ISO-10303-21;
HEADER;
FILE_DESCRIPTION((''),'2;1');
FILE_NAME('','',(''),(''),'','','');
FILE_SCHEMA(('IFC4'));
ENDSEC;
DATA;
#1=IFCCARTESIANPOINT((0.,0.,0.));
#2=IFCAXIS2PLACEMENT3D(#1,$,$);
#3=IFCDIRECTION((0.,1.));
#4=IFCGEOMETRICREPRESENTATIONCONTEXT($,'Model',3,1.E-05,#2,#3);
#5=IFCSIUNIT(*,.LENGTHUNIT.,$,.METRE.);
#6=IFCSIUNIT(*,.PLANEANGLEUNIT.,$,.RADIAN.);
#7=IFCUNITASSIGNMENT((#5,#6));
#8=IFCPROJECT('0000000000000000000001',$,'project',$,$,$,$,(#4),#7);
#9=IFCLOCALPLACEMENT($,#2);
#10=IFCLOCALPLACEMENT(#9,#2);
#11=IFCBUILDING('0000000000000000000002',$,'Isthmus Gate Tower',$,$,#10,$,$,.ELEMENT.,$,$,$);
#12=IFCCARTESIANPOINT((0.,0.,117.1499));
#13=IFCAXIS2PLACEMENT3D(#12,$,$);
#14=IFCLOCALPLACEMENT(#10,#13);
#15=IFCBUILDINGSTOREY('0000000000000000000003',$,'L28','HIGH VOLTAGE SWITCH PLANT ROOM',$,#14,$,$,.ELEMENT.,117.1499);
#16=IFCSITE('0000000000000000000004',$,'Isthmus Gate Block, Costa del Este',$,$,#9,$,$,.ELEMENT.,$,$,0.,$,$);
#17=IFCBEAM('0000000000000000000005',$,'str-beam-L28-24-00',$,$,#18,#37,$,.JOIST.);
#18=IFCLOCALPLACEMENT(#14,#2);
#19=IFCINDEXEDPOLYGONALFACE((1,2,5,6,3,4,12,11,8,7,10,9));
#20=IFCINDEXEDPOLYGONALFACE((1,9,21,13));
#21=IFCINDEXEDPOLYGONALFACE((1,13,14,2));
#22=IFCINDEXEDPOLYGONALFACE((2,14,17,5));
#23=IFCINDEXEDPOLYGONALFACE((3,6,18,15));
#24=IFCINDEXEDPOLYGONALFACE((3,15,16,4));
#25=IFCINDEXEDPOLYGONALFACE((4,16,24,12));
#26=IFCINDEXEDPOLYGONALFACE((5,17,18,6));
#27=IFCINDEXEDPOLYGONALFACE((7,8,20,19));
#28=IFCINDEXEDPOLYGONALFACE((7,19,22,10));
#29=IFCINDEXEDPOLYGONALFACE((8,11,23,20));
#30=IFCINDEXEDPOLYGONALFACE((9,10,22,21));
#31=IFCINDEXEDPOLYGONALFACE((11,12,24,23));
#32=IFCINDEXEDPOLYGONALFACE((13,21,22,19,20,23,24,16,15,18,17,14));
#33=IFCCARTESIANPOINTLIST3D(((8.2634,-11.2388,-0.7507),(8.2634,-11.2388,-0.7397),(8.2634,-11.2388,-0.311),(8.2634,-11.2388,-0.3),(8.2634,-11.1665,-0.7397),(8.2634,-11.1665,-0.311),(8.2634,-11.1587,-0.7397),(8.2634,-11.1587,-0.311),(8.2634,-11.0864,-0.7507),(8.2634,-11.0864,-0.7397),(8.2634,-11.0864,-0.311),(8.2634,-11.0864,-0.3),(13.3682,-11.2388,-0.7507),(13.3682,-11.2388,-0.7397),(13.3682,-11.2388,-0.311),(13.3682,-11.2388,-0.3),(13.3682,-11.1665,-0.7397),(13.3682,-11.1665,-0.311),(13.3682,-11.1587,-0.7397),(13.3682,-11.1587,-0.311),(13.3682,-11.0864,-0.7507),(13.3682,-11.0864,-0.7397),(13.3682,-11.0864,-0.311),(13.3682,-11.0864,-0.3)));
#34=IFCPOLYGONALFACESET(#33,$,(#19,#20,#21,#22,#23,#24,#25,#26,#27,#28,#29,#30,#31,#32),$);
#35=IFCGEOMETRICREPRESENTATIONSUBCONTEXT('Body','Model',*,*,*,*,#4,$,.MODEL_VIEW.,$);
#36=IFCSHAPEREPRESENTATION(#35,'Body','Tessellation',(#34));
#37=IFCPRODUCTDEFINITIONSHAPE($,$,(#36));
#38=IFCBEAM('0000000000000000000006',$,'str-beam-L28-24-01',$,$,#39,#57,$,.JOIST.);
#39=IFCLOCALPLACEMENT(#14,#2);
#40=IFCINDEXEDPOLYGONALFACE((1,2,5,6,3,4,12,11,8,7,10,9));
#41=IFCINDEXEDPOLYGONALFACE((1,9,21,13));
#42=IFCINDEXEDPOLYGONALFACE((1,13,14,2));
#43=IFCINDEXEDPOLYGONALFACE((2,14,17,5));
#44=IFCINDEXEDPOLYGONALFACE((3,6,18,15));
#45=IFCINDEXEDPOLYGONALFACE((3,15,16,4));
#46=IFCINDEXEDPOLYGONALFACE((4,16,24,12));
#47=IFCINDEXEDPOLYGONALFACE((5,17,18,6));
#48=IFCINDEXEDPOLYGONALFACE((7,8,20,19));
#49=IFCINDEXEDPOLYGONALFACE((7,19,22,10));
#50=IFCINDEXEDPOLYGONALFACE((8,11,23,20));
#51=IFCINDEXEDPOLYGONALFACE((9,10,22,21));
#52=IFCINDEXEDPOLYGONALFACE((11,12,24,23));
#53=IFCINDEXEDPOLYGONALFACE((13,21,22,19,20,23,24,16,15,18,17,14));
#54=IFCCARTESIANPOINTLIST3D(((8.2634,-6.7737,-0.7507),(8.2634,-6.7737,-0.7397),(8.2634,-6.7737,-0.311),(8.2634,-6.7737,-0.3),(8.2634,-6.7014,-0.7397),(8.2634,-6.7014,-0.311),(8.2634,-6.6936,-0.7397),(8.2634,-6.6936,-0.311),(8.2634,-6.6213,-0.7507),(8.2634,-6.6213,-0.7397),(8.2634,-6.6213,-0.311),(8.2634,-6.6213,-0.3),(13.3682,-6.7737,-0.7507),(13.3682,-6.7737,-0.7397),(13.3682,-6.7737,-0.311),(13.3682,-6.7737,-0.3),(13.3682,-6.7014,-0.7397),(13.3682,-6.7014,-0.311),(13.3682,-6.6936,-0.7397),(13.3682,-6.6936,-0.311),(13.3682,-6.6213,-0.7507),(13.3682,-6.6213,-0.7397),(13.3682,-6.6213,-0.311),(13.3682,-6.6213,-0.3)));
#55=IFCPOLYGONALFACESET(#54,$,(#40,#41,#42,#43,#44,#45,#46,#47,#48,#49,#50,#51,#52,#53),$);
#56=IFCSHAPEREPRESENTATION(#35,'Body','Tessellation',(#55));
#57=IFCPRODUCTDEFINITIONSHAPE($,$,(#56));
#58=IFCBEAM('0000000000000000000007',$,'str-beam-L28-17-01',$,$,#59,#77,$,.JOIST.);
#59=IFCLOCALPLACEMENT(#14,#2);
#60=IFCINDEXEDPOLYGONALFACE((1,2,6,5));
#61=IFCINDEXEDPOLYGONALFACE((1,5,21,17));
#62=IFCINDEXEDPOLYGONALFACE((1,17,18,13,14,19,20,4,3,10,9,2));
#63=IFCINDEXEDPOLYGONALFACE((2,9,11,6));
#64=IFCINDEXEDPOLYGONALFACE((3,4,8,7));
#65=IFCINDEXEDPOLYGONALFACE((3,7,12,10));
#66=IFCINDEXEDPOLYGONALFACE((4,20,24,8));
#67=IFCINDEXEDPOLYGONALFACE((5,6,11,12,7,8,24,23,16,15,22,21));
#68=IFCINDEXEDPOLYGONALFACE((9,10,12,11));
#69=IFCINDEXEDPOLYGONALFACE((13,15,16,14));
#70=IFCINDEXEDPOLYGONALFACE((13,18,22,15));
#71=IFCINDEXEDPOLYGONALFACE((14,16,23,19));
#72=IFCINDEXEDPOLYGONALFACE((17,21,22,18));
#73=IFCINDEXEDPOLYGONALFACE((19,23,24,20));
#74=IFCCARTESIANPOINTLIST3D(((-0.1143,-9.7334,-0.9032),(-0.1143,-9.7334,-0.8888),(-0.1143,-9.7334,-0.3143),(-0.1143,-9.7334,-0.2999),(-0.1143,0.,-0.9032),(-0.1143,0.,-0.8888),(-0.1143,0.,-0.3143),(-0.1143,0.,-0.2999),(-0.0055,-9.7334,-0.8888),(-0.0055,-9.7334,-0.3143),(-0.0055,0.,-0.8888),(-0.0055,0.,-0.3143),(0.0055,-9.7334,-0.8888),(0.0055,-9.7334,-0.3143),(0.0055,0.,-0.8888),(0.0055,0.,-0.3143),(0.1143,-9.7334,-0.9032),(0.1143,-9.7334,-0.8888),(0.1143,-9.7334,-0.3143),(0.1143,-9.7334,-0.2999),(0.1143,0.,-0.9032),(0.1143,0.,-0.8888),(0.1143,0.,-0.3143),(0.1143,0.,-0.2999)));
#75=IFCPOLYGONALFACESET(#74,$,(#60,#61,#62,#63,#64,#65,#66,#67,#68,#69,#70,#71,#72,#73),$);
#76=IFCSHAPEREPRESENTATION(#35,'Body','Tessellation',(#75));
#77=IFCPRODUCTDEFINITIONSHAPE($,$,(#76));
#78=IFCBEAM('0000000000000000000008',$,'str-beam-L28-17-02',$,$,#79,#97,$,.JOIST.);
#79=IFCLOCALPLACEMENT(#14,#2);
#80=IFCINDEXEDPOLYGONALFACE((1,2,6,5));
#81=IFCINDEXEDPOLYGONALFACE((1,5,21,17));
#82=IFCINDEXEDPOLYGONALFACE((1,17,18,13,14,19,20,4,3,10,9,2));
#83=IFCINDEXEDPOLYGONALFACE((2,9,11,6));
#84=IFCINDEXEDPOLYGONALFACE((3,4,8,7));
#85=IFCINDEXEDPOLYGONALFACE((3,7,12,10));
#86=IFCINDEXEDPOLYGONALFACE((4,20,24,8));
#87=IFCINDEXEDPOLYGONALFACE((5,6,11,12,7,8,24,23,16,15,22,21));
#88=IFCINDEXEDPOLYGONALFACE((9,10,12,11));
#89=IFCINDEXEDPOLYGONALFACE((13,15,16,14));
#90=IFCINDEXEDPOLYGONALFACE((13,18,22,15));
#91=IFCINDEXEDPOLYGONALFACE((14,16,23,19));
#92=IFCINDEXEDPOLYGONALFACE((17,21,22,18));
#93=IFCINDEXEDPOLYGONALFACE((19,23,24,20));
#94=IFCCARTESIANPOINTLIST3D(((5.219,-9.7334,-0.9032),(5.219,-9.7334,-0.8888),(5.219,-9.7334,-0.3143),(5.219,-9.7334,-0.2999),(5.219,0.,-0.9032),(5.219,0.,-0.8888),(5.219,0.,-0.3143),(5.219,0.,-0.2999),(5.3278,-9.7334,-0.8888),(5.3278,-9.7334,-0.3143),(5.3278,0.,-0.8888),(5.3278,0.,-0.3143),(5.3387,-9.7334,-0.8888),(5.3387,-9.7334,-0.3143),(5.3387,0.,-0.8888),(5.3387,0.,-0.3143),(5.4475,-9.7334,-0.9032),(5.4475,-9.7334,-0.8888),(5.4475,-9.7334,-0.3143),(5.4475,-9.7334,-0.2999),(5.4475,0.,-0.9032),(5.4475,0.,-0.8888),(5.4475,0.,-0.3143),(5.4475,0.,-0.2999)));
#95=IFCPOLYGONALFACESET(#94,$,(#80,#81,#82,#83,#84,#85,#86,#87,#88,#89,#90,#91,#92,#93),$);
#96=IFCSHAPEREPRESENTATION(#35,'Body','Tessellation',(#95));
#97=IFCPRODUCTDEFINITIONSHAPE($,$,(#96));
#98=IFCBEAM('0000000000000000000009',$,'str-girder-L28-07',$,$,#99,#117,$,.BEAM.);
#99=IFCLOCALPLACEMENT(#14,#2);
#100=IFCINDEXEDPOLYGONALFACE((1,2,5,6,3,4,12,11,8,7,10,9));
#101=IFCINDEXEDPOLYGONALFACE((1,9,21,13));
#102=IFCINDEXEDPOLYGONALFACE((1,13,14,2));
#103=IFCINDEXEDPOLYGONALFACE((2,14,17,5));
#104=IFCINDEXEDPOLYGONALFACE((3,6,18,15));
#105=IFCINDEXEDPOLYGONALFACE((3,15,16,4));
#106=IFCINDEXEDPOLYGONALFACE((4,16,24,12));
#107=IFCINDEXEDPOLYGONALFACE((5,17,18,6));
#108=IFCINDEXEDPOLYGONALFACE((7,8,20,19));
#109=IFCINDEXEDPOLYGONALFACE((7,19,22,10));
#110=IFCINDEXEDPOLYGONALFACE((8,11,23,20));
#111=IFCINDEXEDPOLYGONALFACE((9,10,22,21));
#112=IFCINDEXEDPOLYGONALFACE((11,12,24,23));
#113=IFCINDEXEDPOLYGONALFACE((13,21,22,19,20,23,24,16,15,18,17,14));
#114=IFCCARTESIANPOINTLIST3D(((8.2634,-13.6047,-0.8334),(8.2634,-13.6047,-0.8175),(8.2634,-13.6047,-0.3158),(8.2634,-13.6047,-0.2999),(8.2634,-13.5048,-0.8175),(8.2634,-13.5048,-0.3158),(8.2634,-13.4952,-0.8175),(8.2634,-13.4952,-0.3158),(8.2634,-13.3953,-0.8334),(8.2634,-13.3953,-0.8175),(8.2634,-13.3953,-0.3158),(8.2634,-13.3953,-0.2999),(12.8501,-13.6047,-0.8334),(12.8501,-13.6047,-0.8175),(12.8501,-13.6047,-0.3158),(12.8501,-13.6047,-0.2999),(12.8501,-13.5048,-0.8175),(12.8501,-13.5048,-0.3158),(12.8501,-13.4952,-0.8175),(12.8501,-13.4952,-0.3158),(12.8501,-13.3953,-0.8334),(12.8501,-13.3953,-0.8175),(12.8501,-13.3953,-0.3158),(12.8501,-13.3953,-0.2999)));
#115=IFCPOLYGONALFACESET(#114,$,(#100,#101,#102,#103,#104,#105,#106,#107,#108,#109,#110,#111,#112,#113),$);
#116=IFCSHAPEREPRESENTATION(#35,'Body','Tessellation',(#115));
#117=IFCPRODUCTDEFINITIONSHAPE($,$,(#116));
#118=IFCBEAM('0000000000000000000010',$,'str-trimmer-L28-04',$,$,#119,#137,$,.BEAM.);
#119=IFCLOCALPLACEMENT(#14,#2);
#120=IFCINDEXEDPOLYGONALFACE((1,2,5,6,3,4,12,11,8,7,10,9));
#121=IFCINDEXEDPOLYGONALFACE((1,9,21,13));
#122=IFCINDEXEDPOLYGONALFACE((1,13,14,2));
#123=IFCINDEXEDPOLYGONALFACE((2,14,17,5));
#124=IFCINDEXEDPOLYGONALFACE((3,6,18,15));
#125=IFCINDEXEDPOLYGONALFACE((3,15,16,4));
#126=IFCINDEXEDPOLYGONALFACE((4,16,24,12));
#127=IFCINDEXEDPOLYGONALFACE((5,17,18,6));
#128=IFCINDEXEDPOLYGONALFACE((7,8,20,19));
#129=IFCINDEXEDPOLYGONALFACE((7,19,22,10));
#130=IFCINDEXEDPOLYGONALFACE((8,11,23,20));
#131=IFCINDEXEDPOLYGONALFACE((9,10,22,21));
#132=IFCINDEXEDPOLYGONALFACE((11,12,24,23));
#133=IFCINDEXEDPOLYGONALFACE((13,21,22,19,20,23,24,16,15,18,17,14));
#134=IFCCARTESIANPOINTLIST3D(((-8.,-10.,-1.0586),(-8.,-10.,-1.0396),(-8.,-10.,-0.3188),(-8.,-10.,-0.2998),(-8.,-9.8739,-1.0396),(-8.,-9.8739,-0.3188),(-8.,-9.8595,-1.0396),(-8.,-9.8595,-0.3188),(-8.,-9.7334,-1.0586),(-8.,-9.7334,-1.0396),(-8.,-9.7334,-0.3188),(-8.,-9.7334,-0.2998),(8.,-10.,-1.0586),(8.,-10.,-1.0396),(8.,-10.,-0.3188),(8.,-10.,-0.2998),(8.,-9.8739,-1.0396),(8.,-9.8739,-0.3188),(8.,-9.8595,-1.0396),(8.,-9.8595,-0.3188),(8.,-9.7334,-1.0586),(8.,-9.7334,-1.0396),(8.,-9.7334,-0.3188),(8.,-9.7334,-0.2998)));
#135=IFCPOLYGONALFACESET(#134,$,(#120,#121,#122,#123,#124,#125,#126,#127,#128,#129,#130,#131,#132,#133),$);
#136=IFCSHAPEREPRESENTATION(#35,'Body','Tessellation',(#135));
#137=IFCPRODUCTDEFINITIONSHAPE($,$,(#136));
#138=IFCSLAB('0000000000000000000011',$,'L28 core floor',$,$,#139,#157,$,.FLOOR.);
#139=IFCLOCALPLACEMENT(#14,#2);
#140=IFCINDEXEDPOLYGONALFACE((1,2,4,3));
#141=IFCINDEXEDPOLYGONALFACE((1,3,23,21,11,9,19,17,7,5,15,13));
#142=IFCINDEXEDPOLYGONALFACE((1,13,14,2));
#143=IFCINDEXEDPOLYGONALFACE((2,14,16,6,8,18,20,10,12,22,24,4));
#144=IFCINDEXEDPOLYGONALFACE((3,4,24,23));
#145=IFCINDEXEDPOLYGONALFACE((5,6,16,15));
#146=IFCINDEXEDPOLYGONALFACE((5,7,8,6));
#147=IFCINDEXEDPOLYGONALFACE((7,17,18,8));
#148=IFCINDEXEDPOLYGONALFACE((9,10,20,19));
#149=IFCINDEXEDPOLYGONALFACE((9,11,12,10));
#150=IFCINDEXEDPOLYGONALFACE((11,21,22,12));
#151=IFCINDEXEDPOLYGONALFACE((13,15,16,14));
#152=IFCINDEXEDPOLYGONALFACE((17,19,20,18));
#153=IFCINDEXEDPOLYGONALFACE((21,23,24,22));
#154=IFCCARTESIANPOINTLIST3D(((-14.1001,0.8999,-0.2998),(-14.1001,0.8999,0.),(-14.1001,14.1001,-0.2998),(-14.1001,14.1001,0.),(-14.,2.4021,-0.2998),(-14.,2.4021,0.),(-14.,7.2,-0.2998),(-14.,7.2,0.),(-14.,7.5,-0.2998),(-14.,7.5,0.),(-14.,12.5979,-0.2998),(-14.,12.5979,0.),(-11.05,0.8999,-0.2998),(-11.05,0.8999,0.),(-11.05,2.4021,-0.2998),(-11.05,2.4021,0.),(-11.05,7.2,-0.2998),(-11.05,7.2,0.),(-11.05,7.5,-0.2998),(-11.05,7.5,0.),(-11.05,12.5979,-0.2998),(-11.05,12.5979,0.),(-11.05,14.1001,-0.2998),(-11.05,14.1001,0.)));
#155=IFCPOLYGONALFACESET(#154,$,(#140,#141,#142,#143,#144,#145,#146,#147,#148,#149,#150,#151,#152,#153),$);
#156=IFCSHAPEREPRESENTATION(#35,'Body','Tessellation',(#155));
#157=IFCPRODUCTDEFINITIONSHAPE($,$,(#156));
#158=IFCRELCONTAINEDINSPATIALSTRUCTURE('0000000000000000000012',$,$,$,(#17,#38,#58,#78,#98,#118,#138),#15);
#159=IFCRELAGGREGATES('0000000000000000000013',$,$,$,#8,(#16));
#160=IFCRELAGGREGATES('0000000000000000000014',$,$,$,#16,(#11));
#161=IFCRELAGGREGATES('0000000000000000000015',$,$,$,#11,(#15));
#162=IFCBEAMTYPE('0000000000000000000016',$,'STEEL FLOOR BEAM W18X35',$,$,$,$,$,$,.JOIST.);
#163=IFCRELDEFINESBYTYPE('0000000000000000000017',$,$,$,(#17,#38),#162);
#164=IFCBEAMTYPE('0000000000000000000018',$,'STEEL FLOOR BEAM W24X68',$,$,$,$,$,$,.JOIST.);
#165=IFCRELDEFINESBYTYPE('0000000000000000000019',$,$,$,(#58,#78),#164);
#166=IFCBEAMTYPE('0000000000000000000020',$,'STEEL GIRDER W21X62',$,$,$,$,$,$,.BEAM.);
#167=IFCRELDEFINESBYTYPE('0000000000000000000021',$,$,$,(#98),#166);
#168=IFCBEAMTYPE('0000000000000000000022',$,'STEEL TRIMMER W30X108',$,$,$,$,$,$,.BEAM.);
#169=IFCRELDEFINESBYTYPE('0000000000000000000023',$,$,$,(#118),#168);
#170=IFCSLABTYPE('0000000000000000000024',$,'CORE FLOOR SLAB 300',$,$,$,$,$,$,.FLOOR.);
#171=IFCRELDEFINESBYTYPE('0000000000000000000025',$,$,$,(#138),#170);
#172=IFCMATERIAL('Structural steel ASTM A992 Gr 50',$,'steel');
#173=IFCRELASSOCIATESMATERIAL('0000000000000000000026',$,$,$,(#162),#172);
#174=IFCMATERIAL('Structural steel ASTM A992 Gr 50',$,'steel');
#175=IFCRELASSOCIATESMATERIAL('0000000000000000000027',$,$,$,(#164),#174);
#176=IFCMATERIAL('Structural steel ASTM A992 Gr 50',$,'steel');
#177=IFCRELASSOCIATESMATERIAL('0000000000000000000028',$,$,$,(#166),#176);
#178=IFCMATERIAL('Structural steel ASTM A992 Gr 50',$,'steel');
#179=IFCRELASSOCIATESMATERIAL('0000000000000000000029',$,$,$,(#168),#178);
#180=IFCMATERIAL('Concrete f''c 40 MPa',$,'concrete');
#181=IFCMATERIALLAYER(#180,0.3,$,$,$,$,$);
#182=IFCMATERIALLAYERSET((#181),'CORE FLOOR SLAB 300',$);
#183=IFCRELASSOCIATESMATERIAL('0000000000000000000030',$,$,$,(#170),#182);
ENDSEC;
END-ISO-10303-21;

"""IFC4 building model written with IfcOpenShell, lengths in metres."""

from ifc_helpers import new_model, si_unit, direction, frame, origin, origin_2d, place, context, subcontext, project, spatial, polyline, i_section, outline, extrude, material, layer, layer_set, material_profile, profile_set, type_object, element, save


model = new_model("IFC4")

# Units and contexts
model_context = context("Model", 3, precision=1e-05, world=origin(), true_north=direction((0.0, 1.0)))
body_context = subcontext(model_context, "Body", "Model", "MODEL_VIEW")
ifc_project = project(units=[si_unit("LENGTHUNIT", "METRE"), si_unit("PLANEANGLEUNIT", "RADIAN")], contexts=[model_context])

# Site, building, storey
site_placement = place(None, origin())
site = spatial("IfcSite", under=ifc_project, at=site_placement, Name="Isthmus Gate Block, Costa del Este", CompositionType="ELEMENT", RefElevation=0.0)
building_placement = place(site_placement, origin())
building = spatial("IfcBuilding", under=site, at=building_placement, Name="Isthmus Gate Tower", CompositionType="ELEMENT")
storey_placement = place(building_placement, frame((0.0, 0.0, 117.1499)))
storey = spatial("IfcBuildingStorey", under=building, at=storey_placement, Name="L28", Description="HIGH VOLTAGE SWITCH PLANT ROOM", CompositionType="ELEMENT", Elevation=117.1499)

# Beams
ifc_material_1 = material(Name="Structural steel ASTM A992 Gr 50", Category="steel")
ifc_material_profile_1 = material_profile(ifc_material_1, i_section(OverallWidth=0.1523, OverallDepth=0.4507, WebThickness=0.0078, FlangeThickness=0.011, at=origin_2d()), Name="W18X35")
ifc_profile_set_1 = profile_set([ifc_material_profile_1], Name="Structural steel ASTM A992 Gr 50")
beam_type_1 = type_object("IfcBeamType", Name="STEEL FLOOR BEAM W18X35", PredefinedType="JOIST", material=ifc_profile_set_1)
for number, where, z_axis, x_axis, name in (
    (1, (8.2634, -11.1626, -0.5254), (1.0, 0.0, 0.0), (0.0, 1.0, 0.0), "str-beam-L28-24-00"),
    (2, (8.2634, -6.6975, -0.5254), (1.0, 0.0, 0.0), (0.0, 1.0, 0.0), "str-beam-L28-24-01"),
):
    element("IfcBeam", number, at=place(storey_placement, frame(where, z_axis=z_axis, x_axis=x_axis)), inside=storey, type_object=beam_type_1, Name=name, PredefinedType="JOIST", context=body_context, shape_type="SweptSolid", body=[
        extrude(i_section(OverallWidth=0.1523, OverallDepth=0.4507, WebThickness=0.0078, FlangeThickness=0.011, at=origin_2d()), origin(), (0.0, 0.0, 1.0), 5.1047),
    ])
ifc_material_2 = material(Name="Structural steel ASTM A992 Gr 50", Category="steel")
ifc_material_profile_2 = material_profile(ifc_material_2, i_section(OverallWidth=0.2285, OverallDepth=0.6033, WebThickness=0.011, FlangeThickness=0.0144, at=origin_2d()), Name="W24X68")
ifc_profile_set_2 = profile_set([ifc_material_profile_2], Name="Structural steel ASTM A992 Gr 50")
beam_type_2 = type_object("IfcBeamType", Name="STEEL FLOOR BEAM W24X68", PredefinedType="JOIST", material=ifc_profile_set_2)
for number, where, z_axis, x_axis, name in (
    (3, (0.0, -9.7334, -0.6016), (0.0, 1.0, 0.0), (-1.0, 0.0, 0.0), "str-beam-L28-17-01"),
    (4, (5.3333, -9.7334, -0.6016), (0.0, 1.0, 0.0), (-1.0, 0.0, 0.0), "str-beam-L28-17-02"),
):
    element("IfcBeam", number, at=place(storey_placement, frame(where, z_axis=z_axis, x_axis=x_axis)), inside=storey, type_object=beam_type_2, Name=name, PredefinedType="JOIST", context=body_context, shape_type="SweptSolid", body=[
        extrude(i_section(OverallWidth=0.2285, OverallDepth=0.6033, WebThickness=0.011, FlangeThickness=0.0144, at=origin_2d()), origin(), (0.0, 0.0, 1.0), 9.7334),
    ])
ifc_material_3 = material(Name="Structural steel ASTM A992 Gr 50", Category="steel")
ifc_material_profile_3 = material_profile(ifc_material_3, i_section(OverallWidth=0.2095, OverallDepth=0.5334, WebThickness=0.0095, FlangeThickness=0.0159, at=origin_2d()), Name="W21X62")
ifc_profile_set_3 = profile_set([ifc_material_profile_3], Name="Structural steel ASTM A992 Gr 50")
beam_type_3 = type_object("IfcBeamType", Name="STEEL GIRDER W21X62", PredefinedType="BEAM", material=ifc_profile_set_3)
beam_1_placement = place(storey_placement, frame((8.2634, -13.5, -0.5667), z_axis=(1.0, 0.0, 0.0), x_axis=(0.0, 1.0, 0.0)))
element("IfcBeam", 5, at=beam_1_placement, inside=storey, type_object=beam_type_3, Name="str-girder-L28-07", PredefinedType="BEAM", context=body_context, shape_type="SweptSolid", body=[
    extrude(i_section(OverallWidth=0.2095, OverallDepth=0.5334, WebThickness=0.0095, FlangeThickness=0.0159, at=origin_2d()), origin(), (0.0, 0.0, 1.0), 4.5867),
])
ifc_material_4 = material(Name="Structural steel ASTM A992 Gr 50", Category="steel")
ifc_material_profile_4 = material_profile(ifc_material_4, i_section(OverallWidth=0.2666, OverallDepth=0.7588, WebThickness=0.0144, FlangeThickness=0.019, at=origin_2d()), Name="W30X108")
ifc_profile_set_4 = profile_set([ifc_material_profile_4], Name="Structural steel ASTM A992 Gr 50")
beam_type_4 = type_object("IfcBeamType", Name="STEEL TRIMMER W30X108", PredefinedType="BEAM", material=ifc_profile_set_4)
beam_2_placement = place(storey_placement, frame((8.0, -9.8667, -0.6792), z_axis=(-1.0, 0.0, 0.0), x_axis=(0.0, -1.0, 0.0)))
element("IfcBeam", 6, at=beam_2_placement, inside=storey, type_object=beam_type_4, Name="str-trimmer-L28-04", PredefinedType="BEAM", context=body_context, shape_type="SweptSolid", body=[
    extrude(i_section(OverallWidth=0.2666, OverallDepth=0.7588, WebThickness=0.0144, FlangeThickness=0.019, at=origin_2d()), origin(), (0.0, 0.0, 1.0), 16.0),
])

# Slab
ifc_material_5 = material(Name="Concrete f'c 40 MPa", Category="concrete")
ifc_layer_1 = layer(ifc_material_5, 0.3)
ifc_layer_set_1 = layer_set([ifc_layer_1], Name="CORE FLOOR SLAB 300")
slab_type_1 = type_object("IfcSlabType", Name="CORE FLOOR SLAB 300", PredefinedType="FLOOR", material=ifc_layer_set_1)
slab_1_placement = place(storey_placement, frame((0.0, 0.0, -0.2998)))
element("IfcSlab", 7, at=slab_1_placement, inside=storey, type_object=slab_type_1, Name="L28 core floor", PredefinedType="FLOOR", context=body_context, shape_type="SweptSolid", body=[
    extrude(outline(polyline([(-11.05, 0.8999), (-11.05, 2.4021), (-14.0, 2.4021), (-14.0, 7.2), (-11.05, 7.2), (-11.05, 7.5), (-14.0, 7.5), (-14.0, 12.5979), (-11.05, 12.5979), (-11.05, 14.1001), (-14.1001, 14.1001), (-14.1001, 0.8999), (-11.05, 0.8999)])), origin(), (0.0, 0.0, 1.0), 0.2998),
])

save(model, "model.ifc")
